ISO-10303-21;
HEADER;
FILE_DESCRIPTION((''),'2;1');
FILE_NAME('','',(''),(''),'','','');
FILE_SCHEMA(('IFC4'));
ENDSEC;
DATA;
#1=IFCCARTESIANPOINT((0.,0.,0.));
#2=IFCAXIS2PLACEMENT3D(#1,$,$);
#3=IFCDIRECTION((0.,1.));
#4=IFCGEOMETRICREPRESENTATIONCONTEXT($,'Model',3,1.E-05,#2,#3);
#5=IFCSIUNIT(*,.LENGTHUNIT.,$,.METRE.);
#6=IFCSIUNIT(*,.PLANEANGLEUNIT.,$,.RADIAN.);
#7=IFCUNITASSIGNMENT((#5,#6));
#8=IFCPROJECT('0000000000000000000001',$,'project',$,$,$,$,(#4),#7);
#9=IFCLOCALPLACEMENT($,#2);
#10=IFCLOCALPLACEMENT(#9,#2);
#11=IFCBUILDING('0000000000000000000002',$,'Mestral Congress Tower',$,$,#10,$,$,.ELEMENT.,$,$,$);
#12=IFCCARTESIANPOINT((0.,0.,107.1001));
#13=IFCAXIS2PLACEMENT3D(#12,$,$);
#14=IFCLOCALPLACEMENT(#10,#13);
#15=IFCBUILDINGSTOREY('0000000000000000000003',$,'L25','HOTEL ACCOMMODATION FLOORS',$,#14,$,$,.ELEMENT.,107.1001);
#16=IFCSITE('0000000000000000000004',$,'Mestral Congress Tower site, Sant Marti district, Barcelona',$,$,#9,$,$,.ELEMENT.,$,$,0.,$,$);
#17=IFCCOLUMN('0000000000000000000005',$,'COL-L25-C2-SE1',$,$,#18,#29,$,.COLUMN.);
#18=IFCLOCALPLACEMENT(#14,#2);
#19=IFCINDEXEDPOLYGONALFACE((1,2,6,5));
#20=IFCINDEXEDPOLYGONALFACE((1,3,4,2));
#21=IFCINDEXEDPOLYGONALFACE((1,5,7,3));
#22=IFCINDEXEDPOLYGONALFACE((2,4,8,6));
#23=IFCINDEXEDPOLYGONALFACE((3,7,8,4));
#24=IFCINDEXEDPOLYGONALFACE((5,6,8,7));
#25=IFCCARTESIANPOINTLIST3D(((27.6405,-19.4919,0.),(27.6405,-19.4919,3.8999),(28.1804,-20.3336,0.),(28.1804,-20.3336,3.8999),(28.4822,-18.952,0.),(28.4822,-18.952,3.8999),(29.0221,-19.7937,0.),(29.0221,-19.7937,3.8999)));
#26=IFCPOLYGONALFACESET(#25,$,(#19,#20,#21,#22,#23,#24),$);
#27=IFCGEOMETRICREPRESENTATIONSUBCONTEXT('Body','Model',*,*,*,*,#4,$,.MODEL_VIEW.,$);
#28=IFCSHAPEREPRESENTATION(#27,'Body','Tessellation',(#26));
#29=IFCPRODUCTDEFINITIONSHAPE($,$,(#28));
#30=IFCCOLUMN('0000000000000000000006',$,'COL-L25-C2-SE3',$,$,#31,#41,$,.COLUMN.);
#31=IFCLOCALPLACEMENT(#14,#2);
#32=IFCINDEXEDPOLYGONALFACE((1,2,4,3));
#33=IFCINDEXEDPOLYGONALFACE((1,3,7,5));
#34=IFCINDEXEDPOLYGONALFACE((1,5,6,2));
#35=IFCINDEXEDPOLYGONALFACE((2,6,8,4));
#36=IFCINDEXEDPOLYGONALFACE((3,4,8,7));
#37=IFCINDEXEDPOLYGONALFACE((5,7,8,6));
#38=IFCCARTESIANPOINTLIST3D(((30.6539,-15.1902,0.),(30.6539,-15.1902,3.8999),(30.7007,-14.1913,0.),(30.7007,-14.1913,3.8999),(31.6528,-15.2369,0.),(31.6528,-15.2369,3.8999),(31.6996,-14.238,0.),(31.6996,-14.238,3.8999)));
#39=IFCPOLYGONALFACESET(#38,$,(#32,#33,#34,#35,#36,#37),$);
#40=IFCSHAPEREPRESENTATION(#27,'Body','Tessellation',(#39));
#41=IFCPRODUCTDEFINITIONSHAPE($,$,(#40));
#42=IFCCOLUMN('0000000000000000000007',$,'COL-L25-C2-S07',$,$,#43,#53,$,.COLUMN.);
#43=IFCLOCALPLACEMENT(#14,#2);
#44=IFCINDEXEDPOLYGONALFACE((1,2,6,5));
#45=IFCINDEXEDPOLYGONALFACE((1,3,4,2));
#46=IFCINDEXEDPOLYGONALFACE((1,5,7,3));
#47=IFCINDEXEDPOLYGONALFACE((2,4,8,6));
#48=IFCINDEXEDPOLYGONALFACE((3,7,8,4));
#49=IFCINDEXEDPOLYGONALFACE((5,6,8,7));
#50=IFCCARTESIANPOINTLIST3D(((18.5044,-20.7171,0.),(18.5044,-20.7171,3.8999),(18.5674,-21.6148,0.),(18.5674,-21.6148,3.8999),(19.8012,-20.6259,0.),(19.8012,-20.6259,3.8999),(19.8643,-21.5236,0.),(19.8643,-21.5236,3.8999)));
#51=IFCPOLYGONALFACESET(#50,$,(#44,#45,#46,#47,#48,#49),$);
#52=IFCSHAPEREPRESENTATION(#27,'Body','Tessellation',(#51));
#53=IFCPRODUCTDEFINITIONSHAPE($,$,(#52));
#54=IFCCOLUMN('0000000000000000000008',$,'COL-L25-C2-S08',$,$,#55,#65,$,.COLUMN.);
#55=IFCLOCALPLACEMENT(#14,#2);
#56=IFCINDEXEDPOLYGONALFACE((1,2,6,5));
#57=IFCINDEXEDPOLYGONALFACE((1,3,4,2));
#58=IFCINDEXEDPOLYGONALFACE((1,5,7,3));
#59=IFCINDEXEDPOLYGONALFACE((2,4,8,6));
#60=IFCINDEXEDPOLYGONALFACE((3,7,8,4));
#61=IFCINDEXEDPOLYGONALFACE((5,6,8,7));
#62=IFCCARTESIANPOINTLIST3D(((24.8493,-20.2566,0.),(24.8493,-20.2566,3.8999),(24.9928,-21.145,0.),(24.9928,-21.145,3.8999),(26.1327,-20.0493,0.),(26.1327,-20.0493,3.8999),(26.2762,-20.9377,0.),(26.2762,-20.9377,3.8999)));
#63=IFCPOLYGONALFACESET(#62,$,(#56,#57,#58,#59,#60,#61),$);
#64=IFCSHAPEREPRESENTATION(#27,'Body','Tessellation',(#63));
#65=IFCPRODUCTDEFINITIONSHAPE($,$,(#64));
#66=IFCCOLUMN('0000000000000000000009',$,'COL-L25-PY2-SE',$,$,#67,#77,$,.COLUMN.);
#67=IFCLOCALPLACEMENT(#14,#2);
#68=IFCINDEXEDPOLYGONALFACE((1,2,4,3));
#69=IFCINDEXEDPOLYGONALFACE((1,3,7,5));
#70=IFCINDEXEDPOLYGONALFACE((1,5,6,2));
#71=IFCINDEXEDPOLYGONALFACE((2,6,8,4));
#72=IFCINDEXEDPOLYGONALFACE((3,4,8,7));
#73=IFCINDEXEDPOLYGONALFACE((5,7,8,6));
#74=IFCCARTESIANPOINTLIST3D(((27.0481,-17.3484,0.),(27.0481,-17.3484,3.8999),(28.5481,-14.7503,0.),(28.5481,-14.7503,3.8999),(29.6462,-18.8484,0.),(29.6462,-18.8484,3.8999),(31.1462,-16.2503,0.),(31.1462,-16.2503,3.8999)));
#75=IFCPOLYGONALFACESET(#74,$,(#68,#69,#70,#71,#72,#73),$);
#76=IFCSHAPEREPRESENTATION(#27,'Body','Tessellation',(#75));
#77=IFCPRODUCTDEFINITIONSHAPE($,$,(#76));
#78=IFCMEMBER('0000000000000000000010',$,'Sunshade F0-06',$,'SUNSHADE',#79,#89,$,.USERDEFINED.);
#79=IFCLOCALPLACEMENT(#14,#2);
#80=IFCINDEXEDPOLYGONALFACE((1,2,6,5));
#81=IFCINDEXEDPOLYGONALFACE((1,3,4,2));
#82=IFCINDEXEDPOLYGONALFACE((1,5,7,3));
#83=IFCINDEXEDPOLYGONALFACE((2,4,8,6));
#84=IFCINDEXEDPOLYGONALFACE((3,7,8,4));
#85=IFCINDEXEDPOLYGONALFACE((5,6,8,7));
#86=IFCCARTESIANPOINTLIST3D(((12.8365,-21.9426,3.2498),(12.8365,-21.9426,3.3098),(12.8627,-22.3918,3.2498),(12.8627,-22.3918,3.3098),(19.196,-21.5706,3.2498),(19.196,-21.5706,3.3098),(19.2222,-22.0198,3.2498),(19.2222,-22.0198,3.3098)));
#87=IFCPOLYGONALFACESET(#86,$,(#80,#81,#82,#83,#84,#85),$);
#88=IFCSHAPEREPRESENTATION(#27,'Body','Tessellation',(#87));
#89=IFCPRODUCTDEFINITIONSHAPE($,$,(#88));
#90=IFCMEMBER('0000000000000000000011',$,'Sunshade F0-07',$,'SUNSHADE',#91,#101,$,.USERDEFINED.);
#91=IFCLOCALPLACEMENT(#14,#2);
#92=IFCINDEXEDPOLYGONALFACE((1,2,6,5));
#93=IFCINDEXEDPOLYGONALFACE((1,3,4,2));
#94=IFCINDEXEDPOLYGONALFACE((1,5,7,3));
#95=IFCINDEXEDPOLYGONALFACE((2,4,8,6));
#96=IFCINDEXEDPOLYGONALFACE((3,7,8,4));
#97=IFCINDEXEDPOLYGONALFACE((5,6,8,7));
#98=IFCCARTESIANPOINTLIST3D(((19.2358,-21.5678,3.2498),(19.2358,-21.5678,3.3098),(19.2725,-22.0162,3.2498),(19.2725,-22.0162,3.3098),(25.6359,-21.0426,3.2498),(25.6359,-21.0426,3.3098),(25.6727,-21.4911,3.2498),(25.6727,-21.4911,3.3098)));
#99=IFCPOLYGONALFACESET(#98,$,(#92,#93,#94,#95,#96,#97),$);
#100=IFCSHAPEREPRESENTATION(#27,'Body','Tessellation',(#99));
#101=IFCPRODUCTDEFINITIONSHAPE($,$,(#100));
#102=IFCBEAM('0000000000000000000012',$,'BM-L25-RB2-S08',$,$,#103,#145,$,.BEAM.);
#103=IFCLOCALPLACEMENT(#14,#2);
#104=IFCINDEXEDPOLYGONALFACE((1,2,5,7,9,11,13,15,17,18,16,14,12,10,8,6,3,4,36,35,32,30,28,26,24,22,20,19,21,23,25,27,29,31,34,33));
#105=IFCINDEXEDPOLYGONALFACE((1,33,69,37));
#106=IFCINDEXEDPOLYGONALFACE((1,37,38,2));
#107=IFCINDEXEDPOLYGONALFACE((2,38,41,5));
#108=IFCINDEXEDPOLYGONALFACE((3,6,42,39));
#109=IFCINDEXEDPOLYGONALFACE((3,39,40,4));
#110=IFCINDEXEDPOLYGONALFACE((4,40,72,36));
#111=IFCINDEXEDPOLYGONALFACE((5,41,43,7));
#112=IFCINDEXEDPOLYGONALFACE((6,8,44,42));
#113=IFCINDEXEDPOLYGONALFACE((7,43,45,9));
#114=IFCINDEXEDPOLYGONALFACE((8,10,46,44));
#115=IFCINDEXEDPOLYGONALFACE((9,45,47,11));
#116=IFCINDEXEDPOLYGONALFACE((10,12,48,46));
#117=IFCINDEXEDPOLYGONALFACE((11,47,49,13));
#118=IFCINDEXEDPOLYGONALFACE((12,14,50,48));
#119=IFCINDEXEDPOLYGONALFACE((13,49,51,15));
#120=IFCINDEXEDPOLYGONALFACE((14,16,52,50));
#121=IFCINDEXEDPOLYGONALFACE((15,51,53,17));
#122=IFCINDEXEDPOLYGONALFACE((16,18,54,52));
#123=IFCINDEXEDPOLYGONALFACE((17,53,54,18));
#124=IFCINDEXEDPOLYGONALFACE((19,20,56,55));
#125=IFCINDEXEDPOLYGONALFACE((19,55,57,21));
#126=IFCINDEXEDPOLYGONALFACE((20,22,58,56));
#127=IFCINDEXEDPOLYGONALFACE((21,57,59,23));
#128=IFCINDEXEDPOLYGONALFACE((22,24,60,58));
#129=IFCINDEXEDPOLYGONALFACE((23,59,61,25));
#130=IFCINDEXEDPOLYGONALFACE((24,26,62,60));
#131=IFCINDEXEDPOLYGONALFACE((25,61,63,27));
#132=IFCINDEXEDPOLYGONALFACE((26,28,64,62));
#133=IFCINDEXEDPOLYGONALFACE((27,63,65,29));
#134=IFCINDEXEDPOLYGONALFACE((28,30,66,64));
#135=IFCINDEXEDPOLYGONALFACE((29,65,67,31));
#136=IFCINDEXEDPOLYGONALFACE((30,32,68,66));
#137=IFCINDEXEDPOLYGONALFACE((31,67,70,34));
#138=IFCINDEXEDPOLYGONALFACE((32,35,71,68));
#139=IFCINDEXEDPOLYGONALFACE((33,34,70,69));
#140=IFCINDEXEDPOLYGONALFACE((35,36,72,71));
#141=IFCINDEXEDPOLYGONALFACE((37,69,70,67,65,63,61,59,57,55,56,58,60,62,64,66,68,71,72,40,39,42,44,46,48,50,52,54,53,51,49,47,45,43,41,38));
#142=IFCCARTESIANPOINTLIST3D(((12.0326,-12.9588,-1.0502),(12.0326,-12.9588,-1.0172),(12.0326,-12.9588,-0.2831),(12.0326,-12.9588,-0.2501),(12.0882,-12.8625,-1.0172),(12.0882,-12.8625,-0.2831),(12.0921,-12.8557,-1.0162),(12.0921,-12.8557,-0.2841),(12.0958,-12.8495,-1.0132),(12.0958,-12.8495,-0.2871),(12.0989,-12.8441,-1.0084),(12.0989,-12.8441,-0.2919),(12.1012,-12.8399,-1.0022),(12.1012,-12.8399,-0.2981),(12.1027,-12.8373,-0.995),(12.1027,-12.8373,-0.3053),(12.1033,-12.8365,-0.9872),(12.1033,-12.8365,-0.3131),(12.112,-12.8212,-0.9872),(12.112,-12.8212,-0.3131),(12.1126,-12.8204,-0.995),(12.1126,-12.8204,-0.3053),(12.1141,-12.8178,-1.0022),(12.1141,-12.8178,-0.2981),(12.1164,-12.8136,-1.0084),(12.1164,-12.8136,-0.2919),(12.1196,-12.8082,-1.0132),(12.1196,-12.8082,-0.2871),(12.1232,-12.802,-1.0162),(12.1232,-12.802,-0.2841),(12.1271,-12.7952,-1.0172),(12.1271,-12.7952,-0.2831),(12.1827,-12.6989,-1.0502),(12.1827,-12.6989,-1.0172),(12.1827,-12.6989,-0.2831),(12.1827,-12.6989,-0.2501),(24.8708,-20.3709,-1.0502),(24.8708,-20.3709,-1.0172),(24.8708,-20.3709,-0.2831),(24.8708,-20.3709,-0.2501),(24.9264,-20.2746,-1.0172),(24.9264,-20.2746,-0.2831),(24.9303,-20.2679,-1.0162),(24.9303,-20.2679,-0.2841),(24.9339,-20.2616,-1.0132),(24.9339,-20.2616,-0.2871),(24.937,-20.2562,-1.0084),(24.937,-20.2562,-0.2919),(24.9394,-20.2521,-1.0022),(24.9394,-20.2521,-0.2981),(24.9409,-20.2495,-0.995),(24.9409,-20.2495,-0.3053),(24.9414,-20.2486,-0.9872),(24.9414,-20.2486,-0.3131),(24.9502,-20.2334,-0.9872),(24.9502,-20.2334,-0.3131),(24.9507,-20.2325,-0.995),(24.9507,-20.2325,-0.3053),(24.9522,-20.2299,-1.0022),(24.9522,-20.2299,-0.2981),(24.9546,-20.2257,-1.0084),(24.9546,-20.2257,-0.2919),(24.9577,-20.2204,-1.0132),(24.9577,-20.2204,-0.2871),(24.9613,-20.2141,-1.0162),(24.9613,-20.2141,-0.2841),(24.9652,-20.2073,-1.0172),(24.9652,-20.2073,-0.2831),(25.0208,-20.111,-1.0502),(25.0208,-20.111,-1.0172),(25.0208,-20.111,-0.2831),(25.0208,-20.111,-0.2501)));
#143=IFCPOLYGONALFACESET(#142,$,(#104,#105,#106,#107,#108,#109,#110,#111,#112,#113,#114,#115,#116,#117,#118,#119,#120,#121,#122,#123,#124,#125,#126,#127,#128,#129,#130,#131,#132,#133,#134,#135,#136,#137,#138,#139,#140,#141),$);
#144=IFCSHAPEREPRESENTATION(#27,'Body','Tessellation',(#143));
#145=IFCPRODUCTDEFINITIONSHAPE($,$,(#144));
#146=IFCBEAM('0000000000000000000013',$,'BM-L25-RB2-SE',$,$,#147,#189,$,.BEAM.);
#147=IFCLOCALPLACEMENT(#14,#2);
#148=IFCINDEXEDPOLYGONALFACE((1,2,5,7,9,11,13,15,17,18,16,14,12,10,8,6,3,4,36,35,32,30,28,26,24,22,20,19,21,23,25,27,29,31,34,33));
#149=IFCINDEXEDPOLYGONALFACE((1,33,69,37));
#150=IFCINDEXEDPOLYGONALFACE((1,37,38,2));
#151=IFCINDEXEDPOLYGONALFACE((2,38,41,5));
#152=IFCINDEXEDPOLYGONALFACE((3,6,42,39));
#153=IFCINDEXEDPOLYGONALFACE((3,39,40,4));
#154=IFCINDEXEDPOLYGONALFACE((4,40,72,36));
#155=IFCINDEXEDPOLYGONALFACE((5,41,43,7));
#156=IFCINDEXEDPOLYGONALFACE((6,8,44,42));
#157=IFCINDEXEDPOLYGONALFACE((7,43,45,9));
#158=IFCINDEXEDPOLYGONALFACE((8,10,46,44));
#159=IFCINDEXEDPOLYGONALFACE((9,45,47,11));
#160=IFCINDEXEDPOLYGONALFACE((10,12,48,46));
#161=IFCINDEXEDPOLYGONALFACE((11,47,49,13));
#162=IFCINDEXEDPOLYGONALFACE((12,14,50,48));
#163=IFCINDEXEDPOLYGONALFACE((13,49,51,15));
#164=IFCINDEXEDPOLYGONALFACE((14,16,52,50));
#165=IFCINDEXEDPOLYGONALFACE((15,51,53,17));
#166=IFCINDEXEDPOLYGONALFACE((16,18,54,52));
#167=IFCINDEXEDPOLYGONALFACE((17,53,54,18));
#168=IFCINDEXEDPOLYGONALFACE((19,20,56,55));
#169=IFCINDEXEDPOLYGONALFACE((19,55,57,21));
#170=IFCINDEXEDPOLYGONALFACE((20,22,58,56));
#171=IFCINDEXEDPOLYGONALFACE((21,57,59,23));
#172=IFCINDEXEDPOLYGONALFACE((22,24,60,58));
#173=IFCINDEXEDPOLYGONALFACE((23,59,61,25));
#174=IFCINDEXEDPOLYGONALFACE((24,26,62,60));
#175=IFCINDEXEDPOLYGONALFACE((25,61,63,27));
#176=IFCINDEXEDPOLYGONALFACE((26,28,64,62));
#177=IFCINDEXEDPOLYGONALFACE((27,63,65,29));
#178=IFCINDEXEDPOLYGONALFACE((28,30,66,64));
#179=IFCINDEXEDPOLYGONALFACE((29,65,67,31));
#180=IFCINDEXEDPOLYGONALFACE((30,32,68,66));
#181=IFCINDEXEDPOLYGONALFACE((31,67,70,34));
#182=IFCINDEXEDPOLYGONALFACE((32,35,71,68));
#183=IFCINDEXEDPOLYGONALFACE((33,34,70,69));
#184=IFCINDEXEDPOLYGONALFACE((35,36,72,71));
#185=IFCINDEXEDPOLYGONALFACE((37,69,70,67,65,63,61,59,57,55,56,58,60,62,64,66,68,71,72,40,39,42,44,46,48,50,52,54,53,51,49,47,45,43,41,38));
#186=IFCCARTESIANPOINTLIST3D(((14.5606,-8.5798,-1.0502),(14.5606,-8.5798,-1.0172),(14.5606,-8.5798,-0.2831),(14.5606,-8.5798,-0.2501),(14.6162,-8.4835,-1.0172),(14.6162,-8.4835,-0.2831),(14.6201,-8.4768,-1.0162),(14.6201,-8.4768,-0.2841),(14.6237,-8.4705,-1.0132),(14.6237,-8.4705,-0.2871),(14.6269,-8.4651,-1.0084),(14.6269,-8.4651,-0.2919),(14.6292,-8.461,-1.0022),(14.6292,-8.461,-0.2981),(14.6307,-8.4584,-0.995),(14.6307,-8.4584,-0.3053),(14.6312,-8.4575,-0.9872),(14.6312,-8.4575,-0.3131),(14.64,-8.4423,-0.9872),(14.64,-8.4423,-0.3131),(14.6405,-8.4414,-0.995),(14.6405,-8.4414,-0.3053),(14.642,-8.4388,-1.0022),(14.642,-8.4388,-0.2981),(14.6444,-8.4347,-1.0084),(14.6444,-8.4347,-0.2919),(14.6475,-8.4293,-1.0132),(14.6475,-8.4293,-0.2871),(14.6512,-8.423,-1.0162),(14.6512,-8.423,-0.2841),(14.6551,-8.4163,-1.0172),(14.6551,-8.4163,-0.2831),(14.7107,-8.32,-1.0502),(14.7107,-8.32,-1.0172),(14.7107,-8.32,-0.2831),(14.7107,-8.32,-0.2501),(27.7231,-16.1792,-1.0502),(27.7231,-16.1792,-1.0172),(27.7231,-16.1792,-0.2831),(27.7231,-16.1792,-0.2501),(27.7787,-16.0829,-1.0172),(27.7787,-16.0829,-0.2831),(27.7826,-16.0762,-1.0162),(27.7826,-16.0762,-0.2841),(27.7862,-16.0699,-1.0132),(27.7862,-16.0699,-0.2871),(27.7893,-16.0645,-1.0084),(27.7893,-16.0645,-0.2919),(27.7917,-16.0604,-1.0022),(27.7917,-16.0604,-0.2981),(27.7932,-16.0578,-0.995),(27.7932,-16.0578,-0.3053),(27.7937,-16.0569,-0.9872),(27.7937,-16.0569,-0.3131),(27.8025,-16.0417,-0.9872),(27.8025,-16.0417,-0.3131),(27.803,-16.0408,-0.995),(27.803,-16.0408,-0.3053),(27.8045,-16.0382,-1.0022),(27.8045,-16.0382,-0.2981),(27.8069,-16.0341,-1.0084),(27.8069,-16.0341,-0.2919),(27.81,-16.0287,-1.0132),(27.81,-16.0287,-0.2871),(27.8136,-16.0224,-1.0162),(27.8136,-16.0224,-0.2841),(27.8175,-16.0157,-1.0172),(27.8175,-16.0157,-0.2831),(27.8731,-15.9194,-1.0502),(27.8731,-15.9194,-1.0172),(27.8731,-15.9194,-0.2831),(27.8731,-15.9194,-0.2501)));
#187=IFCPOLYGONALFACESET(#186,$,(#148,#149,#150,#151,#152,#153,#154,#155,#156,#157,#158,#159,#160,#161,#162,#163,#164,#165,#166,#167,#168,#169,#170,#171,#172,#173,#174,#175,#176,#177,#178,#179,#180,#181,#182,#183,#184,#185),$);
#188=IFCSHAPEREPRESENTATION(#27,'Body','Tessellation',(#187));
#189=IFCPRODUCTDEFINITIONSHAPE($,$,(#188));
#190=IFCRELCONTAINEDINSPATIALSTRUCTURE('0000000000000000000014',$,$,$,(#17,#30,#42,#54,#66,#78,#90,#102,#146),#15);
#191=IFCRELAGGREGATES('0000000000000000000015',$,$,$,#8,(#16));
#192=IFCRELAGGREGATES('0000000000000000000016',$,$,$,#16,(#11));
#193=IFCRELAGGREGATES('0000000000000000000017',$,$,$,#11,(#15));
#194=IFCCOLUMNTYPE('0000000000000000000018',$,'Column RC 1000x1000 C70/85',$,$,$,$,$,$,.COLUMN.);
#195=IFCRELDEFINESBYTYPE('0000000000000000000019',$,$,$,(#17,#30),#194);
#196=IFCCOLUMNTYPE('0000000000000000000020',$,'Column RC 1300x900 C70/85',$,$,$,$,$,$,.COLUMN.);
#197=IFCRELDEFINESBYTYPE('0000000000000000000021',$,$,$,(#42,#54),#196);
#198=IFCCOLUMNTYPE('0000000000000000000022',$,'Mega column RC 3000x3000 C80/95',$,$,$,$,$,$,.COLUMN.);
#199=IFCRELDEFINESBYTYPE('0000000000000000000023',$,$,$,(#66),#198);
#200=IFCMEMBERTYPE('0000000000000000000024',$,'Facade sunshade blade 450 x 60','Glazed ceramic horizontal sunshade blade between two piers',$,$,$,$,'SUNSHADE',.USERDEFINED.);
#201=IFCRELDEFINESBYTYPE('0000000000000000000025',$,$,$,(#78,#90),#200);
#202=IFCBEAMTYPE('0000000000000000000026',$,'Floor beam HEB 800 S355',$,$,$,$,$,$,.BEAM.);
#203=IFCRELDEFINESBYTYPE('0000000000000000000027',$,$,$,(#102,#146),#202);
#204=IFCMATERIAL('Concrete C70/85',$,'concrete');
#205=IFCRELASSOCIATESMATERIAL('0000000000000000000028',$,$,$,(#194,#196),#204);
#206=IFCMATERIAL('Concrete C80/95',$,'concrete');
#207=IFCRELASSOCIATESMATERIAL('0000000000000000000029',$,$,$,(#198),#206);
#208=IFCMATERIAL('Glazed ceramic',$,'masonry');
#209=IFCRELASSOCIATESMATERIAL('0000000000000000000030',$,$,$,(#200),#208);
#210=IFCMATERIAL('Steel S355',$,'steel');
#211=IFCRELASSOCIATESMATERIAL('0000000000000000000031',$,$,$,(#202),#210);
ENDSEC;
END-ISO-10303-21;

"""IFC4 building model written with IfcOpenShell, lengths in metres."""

from ifc_helpers import new_model, si_unit, direction, frame, origin, origin_2d, place, context, subcontext, project, spatial, rectangle, i_section, extrude, material, material_profile, profile_set, type_object, element, save


model = new_model("IFC4")

# Units and contexts
model_context = context("Model", 3, precision=1e-05, world=origin(), true_north=direction((0.0, 1.0)))
body_context = subcontext(model_context, "Body", "Model", "MODEL_VIEW")
ifc_project = project(units=[si_unit("LENGTHUNIT", "METRE"), si_unit("PLANEANGLEUNIT", "RADIAN")], contexts=[model_context])

# Site, building, storey
site_placement = place(None, origin())
site = spatial("IfcSite", under=ifc_project, at=site_placement, Name="Mestral Congress Tower site, Sant Marti district, Barcelona", CompositionType="ELEMENT", RefElevation=0.0)
building_placement = place(site_placement, origin())
building = spatial("IfcBuilding", under=site, at=building_placement, Name="Mestral Congress Tower", CompositionType="ELEMENT")
storey_placement = place(building_placement, frame((0.0, 0.0, 107.1001)))
storey = spatial("IfcBuildingStorey", under=building, at=storey_placement, Name="L25", Description="HOTEL ACCOMMODATION FLOORS", CompositionType="ELEMENT", Elevation=107.1001)

# Columns
ifc_material_1 = material(Name="Concrete C70/85", Category="concrete")
ifc_material_profile_1 = material_profile(ifc_material_1, rectangle(XDim=1.0, YDim=1.0, at=origin_2d()), Name="RC 1000x1000")
ifc_profile_set_1 = profile_set([ifc_material_profile_1], Name="Concrete C70/85")
column_type_1 = type_object("IfcColumnType", Name="Column RC 1000x1000 C70/85", PredefinedType="COLUMN", material=ifc_profile_set_1)
for number, where, z_axis, x_axis, name in (
    (1, (28.3313, -19.6428, 0.0), (0.0, 0.0, 1.0), (0.8417, 0.539945, 0.0), "COL-L25-C2-SE1"),
    (2, (31.1768, -14.7141, 0.0), (0.0, 0.0, 1.0), (0.046756, 0.998906, 0.0), "COL-L25-C2-SE3"),
):
    element("IfcColumn", number, at=place(storey_placement, frame(where, z_axis=z_axis, x_axis=x_axis)), inside=storey, type_object=column_type_1, Name=name, PredefinedType="COLUMN", context=body_context, shape_type="SweptSolid", body=[
        extrude(rectangle(XDim=1.0, YDim=1.0, at=origin_2d()), origin(), (0.0, 0.0, 1.0), 3.8999),
    ])
ifc_material_profile_2 = material_profile(ifc_material_1, rectangle(XDim=1.3, YDim=0.8999, at=origin_2d()), Name="RC 1300x900")
ifc_profile_set_2 = profile_set([ifc_material_profile_2], Name="Concrete C70/85")
column_type_2 = type_object("IfcColumnType", Name="Column RC 1300x900 C70/85", PredefinedType="COLUMN", material=ifc_profile_set_2)
for number, where, z_axis, x_axis, name in (
    (3, (19.1843, -21.1204, 0.0), (0.0, 0.0, 1.0), (0.99754, 0.070101, 0.0), "COL-L25-C2-S07"),
    (4, (25.5627, -20.5972, 0.0), (0.0, 0.0, 1.0), (0.987202, 0.159473, 0.0), "COL-L25-C2-S08"),
):
    element("IfcColumn", number, at=place(storey_placement, frame(where, z_axis=z_axis, x_axis=x_axis)), inside=storey, type_object=column_type_2, Name=name, PredefinedType="COLUMN", context=body_context, shape_type="SweptSolid", body=[
        extrude(rectangle(XDim=1.3, YDim=0.8999, at=origin_2d()), origin(), (0.0, 0.0, 1.0), 3.8999),
    ])
ifc_material_2 = material(Name="Concrete C80/95", Category="concrete")
ifc_material_profile_3 = material_profile(ifc_material_2, rectangle(XDim=3.0, YDim=3.0, at=origin_2d()), Name="RC 3000x3000")
ifc_profile_set_3 = profile_set([ifc_material_profile_3], Name="Concrete C80/95")
column_type_3 = type_object("IfcColumnType", Name="Mega column RC 3000x3000 C80/95", PredefinedType="COLUMN", material=ifc_profile_set_3)
column_placement = place(storey_placement, frame((29.0972, -16.7993, 0.0), z_axis=(0.0, 0.0, 1.0), x_axis=(0.866025, -0.5, 0.0)))
element("IfcColumn", 5, at=column_placement, inside=storey, type_object=column_type_3, Name="COL-L25-PY2-SE", PredefinedType="COLUMN", context=body_context, shape_type="SweptSolid", body=[
    extrude(rectangle(XDim=3.0, YDim=3.0, at=origin_2d()), origin(), (0.0, 0.0, 1.0), 3.8999),
])

# Members
ifc_material_3 = material(Name="Glazed ceramic", Category="masonry")
ifc_material_profile_4 = material_profile(ifc_material_3, rectangle(XDim=0.45, YDim=0.0601, at=origin_2d()), Name="Ceramic blade 450 x 60")
ifc_profile_set_4 = profile_set([ifc_material_profile_4], Name="Glazed ceramic")
member_type = type_object("IfcMemberType", Name="Facade sunshade blade 450 x 60", Description="Glazed ceramic horizontal sunshade blade between two piers", ElementType="SUNSHADE", PredefinedType="USERDEFINED", material=ifc_profile_set_4)
member_1_placement = place(storey_placement, frame((12.8496, -22.1672, 3.2798), z_axis=(0.998293, 0.058407, 0.0), x_axis=(-0.058407, 0.998293, 0.0)))
element("IfcMember", 6, at=member_1_placement, inside=storey, type_object=member_type, Name="Sunshade F0-06", ObjectType="SUNSHADE", PredefinedType="USERDEFINED", context=body_context, shape_type="SweptSolid", body=[
    extrude(rectangle(XDim=0.45, YDim=0.0601, at=origin_2d()), origin(), (0.0, 0.0, 1.0), 6.3704),
])
member_2_placement = place(storey_placement, frame((19.2542, -21.792, 3.2798), z_axis=(0.996651, 0.081777, 0.0), x_axis=(-0.081777, 0.996651, 0.0)))
element("IfcMember", 7, at=member_2_placement, inside=storey, type_object=member_type, Name="Sunshade F0-07", ObjectType="SUNSHADE", PredefinedType="USERDEFINED", context=body_context, shape_type="SweptSolid", body=[
    extrude(rectangle(XDim=0.45, YDim=0.0601, at=origin_2d()), origin(), (0.0, 0.0, 1.0), 6.4216),
])

# Beams
ifc_material_4 = material(Name="Steel S355", Category="steel")
ifc_material_profile_5 = material_profile(ifc_material_4, i_section(OverallWidth=0.3, OverallDepth=0.8, WebThickness=0.0176, FlangeThickness=0.033, FilletRadius=0.03, at=origin_2d()), Name="HEB 800")
ifc_profile_set_5 = profile_set([ifc_material_profile_5], Name="Steel S355")
beam_type_1 = type_object("IfcBeamType", Name="Floor beam HEB 800 S355", PredefinedType="BEAM", material=ifc_profile_set_5)
beam_1_placement = place(storey_placement, frame((24.9458, -20.241, -0.6501), z_axis=(-0.866025, 0.5, 0.0), x_axis=(-0.5, -0.866025, 0.0)))
element("IfcBeam", 8, at=beam_1_placement, inside=storey, type_object=beam_type_1, Name="BM-L25-RB2-S08", PredefinedType="BEAM", context=body_context, shape_type="SweptSolid", body=[
    extrude(i_section(OverallWidth=0.3, OverallDepth=0.8, WebThickness=0.0176, FlangeThickness=0.033, FilletRadius=0.03, at=origin_2d()), origin(), (0.0, 0.0, 1.0), 14.8242),
])
beam_2_placement = place(storey_placement, frame((27.7981, -16.0493, -0.6501), z_axis=(-0.866023, 0.500004, 0.0), x_axis=(-0.500004, -0.866023, 0.0)))
element("IfcBeam", 9, at=beam_2_placement, inside=storey, type_object=beam_type_1, Name="BM-L25-RB2-SE", PredefinedType="BEAM", context=body_context, shape_type="SweptSolid", body=[
    extrude(i_section(OverallWidth=0.3, OverallDepth=0.8, WebThickness=0.0176, FlangeThickness=0.033, FilletRadius=0.03, at=origin_2d()), origin(), (0.0, 0.0, 1.0), 15.1987),
])

save(model, "model.ifc")
